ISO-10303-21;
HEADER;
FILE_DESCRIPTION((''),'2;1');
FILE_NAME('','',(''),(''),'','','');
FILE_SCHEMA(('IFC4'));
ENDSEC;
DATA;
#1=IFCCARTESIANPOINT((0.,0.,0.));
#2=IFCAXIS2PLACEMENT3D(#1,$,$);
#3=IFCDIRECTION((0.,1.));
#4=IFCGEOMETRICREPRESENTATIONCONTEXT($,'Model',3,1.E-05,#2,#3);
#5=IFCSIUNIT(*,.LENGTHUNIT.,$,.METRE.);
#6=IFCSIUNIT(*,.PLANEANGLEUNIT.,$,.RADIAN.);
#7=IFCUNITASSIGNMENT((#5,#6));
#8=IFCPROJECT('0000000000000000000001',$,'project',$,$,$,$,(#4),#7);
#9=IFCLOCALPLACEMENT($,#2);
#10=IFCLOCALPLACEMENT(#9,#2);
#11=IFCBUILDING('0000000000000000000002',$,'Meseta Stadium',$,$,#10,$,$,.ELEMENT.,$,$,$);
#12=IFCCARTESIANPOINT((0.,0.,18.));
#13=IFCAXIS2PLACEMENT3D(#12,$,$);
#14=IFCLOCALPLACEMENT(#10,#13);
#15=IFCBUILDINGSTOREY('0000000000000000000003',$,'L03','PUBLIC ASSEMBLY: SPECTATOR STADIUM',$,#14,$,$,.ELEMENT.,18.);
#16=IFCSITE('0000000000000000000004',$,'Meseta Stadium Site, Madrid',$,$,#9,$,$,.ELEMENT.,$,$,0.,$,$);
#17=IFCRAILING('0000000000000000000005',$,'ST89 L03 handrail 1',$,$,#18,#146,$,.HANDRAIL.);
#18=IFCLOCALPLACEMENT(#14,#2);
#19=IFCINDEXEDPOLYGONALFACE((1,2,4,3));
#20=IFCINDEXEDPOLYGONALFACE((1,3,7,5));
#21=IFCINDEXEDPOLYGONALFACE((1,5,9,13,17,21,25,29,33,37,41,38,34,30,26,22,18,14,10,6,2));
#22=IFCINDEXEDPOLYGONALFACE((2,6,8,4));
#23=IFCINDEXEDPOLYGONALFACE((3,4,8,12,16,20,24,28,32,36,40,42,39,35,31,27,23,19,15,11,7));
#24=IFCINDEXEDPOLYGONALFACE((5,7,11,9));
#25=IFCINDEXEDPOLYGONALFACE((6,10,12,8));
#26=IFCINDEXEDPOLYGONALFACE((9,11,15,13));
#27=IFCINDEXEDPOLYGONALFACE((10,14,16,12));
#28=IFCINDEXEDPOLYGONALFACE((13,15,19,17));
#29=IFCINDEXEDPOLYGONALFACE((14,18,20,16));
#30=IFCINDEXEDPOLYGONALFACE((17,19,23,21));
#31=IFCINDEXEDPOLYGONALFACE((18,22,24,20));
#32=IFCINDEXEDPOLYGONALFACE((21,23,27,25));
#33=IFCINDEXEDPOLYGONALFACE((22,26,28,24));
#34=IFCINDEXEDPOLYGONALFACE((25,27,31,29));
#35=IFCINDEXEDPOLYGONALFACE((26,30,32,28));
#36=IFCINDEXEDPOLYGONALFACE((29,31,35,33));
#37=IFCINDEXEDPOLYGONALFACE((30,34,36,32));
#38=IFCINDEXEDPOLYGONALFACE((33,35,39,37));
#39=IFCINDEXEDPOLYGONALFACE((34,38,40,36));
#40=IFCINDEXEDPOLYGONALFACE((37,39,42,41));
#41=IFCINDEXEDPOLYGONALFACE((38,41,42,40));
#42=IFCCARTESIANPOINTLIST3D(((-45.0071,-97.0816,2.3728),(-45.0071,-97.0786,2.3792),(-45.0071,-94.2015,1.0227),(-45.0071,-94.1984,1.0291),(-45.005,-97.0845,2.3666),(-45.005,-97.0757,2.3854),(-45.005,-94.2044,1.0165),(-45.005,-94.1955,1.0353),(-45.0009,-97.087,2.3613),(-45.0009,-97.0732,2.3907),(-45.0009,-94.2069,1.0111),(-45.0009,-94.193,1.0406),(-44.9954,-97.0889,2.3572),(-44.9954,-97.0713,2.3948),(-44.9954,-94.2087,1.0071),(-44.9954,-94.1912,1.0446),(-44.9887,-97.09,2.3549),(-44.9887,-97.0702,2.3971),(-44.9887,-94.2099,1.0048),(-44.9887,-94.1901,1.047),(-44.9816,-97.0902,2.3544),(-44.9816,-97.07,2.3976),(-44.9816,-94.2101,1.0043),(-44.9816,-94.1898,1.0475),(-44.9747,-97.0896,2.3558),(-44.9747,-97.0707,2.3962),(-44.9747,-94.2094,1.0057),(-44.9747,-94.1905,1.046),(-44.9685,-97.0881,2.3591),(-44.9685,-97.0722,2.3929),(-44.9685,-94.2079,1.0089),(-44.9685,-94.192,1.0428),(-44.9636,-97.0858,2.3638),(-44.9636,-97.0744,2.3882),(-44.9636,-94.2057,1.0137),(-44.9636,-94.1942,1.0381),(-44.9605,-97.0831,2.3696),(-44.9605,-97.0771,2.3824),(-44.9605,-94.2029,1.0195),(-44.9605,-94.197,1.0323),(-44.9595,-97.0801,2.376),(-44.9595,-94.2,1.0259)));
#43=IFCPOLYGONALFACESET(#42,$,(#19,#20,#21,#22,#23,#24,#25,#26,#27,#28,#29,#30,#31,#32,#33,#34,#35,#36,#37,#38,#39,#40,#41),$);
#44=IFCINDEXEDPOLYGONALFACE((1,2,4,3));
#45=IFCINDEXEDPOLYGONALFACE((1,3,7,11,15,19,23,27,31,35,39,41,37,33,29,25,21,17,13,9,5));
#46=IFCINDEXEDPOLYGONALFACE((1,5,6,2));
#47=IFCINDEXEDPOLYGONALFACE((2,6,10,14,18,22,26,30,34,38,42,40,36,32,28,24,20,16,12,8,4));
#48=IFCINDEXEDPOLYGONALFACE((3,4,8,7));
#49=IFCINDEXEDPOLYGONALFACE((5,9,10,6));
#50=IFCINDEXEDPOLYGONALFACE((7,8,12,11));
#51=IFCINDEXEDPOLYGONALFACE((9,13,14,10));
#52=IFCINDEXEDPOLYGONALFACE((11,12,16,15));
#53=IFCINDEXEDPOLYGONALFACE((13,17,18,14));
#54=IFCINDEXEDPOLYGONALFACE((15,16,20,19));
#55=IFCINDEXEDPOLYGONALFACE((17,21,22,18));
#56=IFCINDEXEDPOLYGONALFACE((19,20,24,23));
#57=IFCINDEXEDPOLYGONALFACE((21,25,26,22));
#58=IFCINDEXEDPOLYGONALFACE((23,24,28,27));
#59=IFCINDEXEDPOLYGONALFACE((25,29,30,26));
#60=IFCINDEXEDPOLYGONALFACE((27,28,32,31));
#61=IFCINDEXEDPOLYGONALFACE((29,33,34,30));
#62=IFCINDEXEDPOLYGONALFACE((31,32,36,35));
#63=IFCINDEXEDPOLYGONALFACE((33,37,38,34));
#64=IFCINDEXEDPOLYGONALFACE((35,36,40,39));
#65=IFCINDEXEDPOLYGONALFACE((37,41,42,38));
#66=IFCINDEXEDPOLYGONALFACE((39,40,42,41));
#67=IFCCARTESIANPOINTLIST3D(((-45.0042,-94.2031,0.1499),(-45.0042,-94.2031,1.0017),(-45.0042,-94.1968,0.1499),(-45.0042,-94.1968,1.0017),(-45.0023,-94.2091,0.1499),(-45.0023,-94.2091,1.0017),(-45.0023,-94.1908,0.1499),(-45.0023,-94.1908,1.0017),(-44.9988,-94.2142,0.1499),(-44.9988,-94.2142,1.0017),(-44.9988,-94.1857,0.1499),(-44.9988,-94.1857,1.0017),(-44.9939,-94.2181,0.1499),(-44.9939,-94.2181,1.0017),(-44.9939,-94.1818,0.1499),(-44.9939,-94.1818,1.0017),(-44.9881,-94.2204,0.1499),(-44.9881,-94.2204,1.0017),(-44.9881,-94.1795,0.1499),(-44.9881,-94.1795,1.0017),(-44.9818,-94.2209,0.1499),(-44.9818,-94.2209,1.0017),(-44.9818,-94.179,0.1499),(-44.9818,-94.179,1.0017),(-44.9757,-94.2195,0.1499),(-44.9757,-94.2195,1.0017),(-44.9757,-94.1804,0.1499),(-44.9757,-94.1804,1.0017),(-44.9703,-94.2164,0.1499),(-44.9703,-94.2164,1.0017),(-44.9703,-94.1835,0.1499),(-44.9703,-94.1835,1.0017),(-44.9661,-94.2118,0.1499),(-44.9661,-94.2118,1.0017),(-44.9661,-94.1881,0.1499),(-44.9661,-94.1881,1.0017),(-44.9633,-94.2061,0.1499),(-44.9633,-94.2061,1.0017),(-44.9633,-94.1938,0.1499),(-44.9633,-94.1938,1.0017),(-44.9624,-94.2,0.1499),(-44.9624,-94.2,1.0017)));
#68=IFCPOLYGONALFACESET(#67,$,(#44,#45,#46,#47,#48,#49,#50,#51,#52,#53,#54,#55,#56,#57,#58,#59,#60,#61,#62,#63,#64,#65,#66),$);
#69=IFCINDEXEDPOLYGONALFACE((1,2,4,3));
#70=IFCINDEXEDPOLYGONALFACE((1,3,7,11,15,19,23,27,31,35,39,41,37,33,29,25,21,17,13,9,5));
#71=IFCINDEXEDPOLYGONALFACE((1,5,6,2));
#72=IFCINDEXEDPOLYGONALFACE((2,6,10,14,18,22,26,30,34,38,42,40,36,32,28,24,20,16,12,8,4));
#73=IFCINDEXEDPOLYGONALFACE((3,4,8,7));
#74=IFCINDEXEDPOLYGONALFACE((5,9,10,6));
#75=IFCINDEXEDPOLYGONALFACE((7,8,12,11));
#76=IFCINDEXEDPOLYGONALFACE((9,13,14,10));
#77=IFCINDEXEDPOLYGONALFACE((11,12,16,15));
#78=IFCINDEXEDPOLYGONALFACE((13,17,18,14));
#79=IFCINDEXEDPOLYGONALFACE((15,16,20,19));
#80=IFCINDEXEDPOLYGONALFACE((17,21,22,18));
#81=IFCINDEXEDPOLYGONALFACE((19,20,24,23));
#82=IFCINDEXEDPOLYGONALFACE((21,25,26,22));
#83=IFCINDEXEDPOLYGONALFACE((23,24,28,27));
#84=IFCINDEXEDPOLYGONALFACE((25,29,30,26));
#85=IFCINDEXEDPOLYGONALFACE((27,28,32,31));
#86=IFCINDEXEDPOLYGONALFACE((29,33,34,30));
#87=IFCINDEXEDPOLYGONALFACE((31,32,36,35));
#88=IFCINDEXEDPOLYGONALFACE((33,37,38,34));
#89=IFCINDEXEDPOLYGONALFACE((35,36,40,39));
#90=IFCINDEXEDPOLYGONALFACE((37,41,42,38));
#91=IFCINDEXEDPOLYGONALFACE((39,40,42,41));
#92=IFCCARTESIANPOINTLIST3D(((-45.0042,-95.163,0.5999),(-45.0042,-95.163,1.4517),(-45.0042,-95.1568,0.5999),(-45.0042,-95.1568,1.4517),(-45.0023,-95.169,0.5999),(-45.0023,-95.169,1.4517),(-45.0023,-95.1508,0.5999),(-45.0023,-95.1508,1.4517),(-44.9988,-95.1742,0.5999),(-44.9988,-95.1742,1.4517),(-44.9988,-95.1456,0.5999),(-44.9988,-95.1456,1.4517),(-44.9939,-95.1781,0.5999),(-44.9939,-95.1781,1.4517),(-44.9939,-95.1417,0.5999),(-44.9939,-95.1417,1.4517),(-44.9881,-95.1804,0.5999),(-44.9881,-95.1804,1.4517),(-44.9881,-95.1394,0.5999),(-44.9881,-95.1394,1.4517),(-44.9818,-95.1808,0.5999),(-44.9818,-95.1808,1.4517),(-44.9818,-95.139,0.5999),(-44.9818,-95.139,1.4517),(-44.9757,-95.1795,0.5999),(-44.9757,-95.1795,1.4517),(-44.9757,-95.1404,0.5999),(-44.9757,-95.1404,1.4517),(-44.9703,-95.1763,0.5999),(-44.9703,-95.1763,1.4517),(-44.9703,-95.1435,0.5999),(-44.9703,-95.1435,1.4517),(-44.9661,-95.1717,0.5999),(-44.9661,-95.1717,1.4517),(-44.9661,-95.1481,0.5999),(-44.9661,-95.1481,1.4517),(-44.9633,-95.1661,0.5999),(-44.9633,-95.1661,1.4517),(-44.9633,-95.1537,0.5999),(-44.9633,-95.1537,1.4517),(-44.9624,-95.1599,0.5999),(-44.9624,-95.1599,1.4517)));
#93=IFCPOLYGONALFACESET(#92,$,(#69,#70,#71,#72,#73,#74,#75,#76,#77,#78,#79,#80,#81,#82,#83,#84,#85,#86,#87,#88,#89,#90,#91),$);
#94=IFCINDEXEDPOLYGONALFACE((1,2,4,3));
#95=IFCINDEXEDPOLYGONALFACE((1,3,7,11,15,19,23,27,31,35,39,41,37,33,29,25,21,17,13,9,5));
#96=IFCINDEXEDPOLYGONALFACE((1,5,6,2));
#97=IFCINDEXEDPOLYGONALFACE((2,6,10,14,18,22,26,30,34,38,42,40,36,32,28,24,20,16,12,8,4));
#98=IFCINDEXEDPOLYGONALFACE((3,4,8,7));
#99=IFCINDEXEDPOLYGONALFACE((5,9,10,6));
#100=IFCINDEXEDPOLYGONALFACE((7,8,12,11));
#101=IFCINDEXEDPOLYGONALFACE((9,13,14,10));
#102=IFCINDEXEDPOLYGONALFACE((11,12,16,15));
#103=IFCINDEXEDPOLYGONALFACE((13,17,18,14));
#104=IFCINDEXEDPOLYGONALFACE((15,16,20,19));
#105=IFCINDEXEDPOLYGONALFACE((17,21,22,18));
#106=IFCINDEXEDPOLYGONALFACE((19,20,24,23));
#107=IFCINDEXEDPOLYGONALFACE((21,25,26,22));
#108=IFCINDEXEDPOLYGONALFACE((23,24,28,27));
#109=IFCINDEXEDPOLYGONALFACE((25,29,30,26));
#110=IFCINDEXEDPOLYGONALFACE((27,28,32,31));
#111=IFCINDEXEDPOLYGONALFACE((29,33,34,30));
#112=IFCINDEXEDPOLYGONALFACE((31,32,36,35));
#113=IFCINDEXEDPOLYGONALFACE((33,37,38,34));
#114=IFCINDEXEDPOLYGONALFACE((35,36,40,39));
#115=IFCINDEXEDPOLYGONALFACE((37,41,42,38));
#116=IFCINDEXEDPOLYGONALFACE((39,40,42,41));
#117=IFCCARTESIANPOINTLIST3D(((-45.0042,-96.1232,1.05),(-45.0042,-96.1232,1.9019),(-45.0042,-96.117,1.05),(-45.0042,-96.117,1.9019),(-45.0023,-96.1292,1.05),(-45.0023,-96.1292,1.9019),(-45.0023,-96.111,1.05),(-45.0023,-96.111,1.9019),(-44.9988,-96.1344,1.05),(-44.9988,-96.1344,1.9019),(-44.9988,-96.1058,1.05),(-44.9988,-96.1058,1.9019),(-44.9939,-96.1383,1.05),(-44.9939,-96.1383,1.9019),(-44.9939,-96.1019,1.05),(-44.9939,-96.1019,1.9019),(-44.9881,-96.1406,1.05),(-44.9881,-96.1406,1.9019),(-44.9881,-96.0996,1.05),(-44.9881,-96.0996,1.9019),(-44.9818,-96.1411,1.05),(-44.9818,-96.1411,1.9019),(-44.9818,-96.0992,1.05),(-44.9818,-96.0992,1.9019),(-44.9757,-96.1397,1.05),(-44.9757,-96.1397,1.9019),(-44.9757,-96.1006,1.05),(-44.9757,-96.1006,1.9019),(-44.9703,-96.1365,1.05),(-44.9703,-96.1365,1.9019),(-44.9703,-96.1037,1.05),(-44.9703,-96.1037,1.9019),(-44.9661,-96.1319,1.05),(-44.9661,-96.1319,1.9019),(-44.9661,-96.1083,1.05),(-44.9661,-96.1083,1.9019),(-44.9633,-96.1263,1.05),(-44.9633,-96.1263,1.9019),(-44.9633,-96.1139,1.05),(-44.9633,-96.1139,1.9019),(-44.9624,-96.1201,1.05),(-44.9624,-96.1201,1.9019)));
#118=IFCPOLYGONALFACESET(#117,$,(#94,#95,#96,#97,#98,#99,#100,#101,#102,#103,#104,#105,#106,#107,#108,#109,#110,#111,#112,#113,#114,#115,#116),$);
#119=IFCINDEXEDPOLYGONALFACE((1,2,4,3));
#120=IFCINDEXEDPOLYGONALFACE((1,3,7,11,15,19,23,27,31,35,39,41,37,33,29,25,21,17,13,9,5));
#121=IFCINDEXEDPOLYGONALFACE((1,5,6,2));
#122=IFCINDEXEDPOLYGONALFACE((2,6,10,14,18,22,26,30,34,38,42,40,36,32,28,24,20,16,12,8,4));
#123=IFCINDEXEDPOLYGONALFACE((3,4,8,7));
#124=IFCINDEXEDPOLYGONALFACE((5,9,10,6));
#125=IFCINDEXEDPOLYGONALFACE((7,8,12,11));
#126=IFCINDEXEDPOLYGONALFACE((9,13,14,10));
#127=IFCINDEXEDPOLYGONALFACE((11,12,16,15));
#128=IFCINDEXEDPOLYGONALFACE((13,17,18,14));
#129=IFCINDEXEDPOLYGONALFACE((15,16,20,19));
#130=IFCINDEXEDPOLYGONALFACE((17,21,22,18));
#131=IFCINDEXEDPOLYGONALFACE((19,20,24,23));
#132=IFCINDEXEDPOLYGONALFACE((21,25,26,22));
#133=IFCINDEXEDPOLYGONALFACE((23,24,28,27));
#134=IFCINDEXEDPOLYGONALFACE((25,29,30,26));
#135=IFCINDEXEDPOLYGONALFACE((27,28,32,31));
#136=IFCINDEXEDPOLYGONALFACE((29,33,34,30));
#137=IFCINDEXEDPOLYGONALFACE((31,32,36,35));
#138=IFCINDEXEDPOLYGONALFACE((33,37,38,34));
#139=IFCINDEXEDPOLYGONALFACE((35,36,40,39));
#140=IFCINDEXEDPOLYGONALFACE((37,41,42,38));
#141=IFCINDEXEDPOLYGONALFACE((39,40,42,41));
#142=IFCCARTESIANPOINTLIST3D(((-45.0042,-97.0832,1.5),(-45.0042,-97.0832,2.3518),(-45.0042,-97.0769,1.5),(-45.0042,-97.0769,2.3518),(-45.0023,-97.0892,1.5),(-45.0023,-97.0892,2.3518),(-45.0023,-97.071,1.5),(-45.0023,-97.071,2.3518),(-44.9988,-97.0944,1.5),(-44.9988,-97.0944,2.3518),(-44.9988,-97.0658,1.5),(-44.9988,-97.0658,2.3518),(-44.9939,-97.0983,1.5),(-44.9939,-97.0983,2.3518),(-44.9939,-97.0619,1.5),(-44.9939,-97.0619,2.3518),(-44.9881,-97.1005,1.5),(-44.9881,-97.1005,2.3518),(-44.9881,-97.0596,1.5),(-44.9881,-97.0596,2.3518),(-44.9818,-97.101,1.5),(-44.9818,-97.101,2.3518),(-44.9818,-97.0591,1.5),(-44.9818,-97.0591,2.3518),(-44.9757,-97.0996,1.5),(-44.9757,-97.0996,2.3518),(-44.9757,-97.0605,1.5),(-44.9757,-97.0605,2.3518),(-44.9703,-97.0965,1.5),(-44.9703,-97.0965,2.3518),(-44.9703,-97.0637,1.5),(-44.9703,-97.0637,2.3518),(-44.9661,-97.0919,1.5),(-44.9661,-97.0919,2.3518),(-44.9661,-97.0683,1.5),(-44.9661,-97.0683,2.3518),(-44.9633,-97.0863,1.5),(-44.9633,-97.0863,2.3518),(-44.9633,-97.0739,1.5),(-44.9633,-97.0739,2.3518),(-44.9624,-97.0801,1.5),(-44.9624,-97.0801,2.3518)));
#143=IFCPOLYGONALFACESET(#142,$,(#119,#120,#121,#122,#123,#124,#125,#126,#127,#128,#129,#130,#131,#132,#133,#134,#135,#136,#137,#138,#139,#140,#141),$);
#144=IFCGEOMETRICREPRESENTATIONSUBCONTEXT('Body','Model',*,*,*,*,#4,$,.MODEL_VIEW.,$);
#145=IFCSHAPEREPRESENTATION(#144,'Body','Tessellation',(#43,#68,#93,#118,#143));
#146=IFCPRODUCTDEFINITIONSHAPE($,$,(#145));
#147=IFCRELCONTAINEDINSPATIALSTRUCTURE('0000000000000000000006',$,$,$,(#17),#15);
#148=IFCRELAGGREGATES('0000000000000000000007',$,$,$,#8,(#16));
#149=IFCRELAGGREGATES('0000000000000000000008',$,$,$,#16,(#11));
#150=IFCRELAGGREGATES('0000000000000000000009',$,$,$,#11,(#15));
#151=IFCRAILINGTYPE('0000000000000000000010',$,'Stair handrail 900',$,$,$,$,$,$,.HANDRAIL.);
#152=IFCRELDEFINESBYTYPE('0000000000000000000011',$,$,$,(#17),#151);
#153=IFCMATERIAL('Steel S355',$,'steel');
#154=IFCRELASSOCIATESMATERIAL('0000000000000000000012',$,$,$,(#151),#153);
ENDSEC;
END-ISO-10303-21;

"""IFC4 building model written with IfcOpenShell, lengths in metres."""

from ifc_helpers import new_model, si_unit, direction, frame, origin, origin_2d, place, context, subcontext, project, spatial, circle, extrude, material, type_object, element, save


model = new_model("IFC4")

# Units and contexts
model_context = context("Model", 3, precision=1e-05, world=origin(), true_north=direction((0.0, 1.0)))
body_context = subcontext(model_context, "Body", "Model", "MODEL_VIEW")
ifc_project = project(units=[si_unit("LENGTHUNIT", "METRE"), si_unit("PLANEANGLEUNIT", "RADIAN")], contexts=[model_context])

# Site, building, storey
site_placement = place(None, origin())
site = spatial("IfcSite", under=ifc_project, at=site_placement, Name="Meseta Stadium Site, Madrid", CompositionType="ELEMENT", RefElevation=0.0)
building_placement = place(site_placement, origin())
building = spatial("IfcBuilding", under=site, at=building_placement, Name="Meseta Stadium", CompositionType="ELEMENT")
storey_placement = place(building_placement, frame((0.0, 0.0, 18.0)))
storey = spatial("IfcBuildingStorey", under=building, at=storey_placement, Name="L03", Description="PUBLIC ASSEMBLY: SPECTATOR STADIUM", CompositionType="ELEMENT", Elevation=18.0)

# Railing
ifc_material_1 = material(Name="Steel S355", Category="steel")
railing_type_1 = type_object("IfcRailingType", Name="Stair handrail 900", PredefinedType="HANDRAIL", material=ifc_material_1)
railing_1_placement = place(storey_placement, frame((-44.9834, -94.2, 0.1499)))
element("IfcRailing", 1, at=railing_1_placement, inside=storey, type_object=railing_type_1, Name="ST89 L03 handrail 1", PredefinedType="HANDRAIL", context=body_context, shape_type="SweptSolid", body=[
    extrude(circle(Radius=0.0239, at=origin_2d()), frame((0.0, 0.0, 0.876), z_axis=(0.0, -0.905454, 0.424444), x_axis=(1.0, 0.0, 0.0)), (0.0, 0.0, 1.0), 3.1809),
    extrude(circle(Radius=0.021, at=origin_2d()), origin(), (0.0, 0.0, 1.0), 0.8518),
    extrude(circle(Radius=0.021, at=origin_2d()), frame((0.0, -0.96, 0.45)), (0.0, 0.0, 1.0), 0.8518),
    extrude(circle(Radius=0.021, at=origin_2d()), frame((0.0, -1.9202, 0.9001)), (0.0, 0.0, 1.0), 0.8518),
    extrude(circle(Radius=0.021, at=origin_2d()), frame((0.0, -2.8801, 1.3501)), (0.0, 0.0, 1.0), 0.8518),
])

save(model, "model.ifc")
